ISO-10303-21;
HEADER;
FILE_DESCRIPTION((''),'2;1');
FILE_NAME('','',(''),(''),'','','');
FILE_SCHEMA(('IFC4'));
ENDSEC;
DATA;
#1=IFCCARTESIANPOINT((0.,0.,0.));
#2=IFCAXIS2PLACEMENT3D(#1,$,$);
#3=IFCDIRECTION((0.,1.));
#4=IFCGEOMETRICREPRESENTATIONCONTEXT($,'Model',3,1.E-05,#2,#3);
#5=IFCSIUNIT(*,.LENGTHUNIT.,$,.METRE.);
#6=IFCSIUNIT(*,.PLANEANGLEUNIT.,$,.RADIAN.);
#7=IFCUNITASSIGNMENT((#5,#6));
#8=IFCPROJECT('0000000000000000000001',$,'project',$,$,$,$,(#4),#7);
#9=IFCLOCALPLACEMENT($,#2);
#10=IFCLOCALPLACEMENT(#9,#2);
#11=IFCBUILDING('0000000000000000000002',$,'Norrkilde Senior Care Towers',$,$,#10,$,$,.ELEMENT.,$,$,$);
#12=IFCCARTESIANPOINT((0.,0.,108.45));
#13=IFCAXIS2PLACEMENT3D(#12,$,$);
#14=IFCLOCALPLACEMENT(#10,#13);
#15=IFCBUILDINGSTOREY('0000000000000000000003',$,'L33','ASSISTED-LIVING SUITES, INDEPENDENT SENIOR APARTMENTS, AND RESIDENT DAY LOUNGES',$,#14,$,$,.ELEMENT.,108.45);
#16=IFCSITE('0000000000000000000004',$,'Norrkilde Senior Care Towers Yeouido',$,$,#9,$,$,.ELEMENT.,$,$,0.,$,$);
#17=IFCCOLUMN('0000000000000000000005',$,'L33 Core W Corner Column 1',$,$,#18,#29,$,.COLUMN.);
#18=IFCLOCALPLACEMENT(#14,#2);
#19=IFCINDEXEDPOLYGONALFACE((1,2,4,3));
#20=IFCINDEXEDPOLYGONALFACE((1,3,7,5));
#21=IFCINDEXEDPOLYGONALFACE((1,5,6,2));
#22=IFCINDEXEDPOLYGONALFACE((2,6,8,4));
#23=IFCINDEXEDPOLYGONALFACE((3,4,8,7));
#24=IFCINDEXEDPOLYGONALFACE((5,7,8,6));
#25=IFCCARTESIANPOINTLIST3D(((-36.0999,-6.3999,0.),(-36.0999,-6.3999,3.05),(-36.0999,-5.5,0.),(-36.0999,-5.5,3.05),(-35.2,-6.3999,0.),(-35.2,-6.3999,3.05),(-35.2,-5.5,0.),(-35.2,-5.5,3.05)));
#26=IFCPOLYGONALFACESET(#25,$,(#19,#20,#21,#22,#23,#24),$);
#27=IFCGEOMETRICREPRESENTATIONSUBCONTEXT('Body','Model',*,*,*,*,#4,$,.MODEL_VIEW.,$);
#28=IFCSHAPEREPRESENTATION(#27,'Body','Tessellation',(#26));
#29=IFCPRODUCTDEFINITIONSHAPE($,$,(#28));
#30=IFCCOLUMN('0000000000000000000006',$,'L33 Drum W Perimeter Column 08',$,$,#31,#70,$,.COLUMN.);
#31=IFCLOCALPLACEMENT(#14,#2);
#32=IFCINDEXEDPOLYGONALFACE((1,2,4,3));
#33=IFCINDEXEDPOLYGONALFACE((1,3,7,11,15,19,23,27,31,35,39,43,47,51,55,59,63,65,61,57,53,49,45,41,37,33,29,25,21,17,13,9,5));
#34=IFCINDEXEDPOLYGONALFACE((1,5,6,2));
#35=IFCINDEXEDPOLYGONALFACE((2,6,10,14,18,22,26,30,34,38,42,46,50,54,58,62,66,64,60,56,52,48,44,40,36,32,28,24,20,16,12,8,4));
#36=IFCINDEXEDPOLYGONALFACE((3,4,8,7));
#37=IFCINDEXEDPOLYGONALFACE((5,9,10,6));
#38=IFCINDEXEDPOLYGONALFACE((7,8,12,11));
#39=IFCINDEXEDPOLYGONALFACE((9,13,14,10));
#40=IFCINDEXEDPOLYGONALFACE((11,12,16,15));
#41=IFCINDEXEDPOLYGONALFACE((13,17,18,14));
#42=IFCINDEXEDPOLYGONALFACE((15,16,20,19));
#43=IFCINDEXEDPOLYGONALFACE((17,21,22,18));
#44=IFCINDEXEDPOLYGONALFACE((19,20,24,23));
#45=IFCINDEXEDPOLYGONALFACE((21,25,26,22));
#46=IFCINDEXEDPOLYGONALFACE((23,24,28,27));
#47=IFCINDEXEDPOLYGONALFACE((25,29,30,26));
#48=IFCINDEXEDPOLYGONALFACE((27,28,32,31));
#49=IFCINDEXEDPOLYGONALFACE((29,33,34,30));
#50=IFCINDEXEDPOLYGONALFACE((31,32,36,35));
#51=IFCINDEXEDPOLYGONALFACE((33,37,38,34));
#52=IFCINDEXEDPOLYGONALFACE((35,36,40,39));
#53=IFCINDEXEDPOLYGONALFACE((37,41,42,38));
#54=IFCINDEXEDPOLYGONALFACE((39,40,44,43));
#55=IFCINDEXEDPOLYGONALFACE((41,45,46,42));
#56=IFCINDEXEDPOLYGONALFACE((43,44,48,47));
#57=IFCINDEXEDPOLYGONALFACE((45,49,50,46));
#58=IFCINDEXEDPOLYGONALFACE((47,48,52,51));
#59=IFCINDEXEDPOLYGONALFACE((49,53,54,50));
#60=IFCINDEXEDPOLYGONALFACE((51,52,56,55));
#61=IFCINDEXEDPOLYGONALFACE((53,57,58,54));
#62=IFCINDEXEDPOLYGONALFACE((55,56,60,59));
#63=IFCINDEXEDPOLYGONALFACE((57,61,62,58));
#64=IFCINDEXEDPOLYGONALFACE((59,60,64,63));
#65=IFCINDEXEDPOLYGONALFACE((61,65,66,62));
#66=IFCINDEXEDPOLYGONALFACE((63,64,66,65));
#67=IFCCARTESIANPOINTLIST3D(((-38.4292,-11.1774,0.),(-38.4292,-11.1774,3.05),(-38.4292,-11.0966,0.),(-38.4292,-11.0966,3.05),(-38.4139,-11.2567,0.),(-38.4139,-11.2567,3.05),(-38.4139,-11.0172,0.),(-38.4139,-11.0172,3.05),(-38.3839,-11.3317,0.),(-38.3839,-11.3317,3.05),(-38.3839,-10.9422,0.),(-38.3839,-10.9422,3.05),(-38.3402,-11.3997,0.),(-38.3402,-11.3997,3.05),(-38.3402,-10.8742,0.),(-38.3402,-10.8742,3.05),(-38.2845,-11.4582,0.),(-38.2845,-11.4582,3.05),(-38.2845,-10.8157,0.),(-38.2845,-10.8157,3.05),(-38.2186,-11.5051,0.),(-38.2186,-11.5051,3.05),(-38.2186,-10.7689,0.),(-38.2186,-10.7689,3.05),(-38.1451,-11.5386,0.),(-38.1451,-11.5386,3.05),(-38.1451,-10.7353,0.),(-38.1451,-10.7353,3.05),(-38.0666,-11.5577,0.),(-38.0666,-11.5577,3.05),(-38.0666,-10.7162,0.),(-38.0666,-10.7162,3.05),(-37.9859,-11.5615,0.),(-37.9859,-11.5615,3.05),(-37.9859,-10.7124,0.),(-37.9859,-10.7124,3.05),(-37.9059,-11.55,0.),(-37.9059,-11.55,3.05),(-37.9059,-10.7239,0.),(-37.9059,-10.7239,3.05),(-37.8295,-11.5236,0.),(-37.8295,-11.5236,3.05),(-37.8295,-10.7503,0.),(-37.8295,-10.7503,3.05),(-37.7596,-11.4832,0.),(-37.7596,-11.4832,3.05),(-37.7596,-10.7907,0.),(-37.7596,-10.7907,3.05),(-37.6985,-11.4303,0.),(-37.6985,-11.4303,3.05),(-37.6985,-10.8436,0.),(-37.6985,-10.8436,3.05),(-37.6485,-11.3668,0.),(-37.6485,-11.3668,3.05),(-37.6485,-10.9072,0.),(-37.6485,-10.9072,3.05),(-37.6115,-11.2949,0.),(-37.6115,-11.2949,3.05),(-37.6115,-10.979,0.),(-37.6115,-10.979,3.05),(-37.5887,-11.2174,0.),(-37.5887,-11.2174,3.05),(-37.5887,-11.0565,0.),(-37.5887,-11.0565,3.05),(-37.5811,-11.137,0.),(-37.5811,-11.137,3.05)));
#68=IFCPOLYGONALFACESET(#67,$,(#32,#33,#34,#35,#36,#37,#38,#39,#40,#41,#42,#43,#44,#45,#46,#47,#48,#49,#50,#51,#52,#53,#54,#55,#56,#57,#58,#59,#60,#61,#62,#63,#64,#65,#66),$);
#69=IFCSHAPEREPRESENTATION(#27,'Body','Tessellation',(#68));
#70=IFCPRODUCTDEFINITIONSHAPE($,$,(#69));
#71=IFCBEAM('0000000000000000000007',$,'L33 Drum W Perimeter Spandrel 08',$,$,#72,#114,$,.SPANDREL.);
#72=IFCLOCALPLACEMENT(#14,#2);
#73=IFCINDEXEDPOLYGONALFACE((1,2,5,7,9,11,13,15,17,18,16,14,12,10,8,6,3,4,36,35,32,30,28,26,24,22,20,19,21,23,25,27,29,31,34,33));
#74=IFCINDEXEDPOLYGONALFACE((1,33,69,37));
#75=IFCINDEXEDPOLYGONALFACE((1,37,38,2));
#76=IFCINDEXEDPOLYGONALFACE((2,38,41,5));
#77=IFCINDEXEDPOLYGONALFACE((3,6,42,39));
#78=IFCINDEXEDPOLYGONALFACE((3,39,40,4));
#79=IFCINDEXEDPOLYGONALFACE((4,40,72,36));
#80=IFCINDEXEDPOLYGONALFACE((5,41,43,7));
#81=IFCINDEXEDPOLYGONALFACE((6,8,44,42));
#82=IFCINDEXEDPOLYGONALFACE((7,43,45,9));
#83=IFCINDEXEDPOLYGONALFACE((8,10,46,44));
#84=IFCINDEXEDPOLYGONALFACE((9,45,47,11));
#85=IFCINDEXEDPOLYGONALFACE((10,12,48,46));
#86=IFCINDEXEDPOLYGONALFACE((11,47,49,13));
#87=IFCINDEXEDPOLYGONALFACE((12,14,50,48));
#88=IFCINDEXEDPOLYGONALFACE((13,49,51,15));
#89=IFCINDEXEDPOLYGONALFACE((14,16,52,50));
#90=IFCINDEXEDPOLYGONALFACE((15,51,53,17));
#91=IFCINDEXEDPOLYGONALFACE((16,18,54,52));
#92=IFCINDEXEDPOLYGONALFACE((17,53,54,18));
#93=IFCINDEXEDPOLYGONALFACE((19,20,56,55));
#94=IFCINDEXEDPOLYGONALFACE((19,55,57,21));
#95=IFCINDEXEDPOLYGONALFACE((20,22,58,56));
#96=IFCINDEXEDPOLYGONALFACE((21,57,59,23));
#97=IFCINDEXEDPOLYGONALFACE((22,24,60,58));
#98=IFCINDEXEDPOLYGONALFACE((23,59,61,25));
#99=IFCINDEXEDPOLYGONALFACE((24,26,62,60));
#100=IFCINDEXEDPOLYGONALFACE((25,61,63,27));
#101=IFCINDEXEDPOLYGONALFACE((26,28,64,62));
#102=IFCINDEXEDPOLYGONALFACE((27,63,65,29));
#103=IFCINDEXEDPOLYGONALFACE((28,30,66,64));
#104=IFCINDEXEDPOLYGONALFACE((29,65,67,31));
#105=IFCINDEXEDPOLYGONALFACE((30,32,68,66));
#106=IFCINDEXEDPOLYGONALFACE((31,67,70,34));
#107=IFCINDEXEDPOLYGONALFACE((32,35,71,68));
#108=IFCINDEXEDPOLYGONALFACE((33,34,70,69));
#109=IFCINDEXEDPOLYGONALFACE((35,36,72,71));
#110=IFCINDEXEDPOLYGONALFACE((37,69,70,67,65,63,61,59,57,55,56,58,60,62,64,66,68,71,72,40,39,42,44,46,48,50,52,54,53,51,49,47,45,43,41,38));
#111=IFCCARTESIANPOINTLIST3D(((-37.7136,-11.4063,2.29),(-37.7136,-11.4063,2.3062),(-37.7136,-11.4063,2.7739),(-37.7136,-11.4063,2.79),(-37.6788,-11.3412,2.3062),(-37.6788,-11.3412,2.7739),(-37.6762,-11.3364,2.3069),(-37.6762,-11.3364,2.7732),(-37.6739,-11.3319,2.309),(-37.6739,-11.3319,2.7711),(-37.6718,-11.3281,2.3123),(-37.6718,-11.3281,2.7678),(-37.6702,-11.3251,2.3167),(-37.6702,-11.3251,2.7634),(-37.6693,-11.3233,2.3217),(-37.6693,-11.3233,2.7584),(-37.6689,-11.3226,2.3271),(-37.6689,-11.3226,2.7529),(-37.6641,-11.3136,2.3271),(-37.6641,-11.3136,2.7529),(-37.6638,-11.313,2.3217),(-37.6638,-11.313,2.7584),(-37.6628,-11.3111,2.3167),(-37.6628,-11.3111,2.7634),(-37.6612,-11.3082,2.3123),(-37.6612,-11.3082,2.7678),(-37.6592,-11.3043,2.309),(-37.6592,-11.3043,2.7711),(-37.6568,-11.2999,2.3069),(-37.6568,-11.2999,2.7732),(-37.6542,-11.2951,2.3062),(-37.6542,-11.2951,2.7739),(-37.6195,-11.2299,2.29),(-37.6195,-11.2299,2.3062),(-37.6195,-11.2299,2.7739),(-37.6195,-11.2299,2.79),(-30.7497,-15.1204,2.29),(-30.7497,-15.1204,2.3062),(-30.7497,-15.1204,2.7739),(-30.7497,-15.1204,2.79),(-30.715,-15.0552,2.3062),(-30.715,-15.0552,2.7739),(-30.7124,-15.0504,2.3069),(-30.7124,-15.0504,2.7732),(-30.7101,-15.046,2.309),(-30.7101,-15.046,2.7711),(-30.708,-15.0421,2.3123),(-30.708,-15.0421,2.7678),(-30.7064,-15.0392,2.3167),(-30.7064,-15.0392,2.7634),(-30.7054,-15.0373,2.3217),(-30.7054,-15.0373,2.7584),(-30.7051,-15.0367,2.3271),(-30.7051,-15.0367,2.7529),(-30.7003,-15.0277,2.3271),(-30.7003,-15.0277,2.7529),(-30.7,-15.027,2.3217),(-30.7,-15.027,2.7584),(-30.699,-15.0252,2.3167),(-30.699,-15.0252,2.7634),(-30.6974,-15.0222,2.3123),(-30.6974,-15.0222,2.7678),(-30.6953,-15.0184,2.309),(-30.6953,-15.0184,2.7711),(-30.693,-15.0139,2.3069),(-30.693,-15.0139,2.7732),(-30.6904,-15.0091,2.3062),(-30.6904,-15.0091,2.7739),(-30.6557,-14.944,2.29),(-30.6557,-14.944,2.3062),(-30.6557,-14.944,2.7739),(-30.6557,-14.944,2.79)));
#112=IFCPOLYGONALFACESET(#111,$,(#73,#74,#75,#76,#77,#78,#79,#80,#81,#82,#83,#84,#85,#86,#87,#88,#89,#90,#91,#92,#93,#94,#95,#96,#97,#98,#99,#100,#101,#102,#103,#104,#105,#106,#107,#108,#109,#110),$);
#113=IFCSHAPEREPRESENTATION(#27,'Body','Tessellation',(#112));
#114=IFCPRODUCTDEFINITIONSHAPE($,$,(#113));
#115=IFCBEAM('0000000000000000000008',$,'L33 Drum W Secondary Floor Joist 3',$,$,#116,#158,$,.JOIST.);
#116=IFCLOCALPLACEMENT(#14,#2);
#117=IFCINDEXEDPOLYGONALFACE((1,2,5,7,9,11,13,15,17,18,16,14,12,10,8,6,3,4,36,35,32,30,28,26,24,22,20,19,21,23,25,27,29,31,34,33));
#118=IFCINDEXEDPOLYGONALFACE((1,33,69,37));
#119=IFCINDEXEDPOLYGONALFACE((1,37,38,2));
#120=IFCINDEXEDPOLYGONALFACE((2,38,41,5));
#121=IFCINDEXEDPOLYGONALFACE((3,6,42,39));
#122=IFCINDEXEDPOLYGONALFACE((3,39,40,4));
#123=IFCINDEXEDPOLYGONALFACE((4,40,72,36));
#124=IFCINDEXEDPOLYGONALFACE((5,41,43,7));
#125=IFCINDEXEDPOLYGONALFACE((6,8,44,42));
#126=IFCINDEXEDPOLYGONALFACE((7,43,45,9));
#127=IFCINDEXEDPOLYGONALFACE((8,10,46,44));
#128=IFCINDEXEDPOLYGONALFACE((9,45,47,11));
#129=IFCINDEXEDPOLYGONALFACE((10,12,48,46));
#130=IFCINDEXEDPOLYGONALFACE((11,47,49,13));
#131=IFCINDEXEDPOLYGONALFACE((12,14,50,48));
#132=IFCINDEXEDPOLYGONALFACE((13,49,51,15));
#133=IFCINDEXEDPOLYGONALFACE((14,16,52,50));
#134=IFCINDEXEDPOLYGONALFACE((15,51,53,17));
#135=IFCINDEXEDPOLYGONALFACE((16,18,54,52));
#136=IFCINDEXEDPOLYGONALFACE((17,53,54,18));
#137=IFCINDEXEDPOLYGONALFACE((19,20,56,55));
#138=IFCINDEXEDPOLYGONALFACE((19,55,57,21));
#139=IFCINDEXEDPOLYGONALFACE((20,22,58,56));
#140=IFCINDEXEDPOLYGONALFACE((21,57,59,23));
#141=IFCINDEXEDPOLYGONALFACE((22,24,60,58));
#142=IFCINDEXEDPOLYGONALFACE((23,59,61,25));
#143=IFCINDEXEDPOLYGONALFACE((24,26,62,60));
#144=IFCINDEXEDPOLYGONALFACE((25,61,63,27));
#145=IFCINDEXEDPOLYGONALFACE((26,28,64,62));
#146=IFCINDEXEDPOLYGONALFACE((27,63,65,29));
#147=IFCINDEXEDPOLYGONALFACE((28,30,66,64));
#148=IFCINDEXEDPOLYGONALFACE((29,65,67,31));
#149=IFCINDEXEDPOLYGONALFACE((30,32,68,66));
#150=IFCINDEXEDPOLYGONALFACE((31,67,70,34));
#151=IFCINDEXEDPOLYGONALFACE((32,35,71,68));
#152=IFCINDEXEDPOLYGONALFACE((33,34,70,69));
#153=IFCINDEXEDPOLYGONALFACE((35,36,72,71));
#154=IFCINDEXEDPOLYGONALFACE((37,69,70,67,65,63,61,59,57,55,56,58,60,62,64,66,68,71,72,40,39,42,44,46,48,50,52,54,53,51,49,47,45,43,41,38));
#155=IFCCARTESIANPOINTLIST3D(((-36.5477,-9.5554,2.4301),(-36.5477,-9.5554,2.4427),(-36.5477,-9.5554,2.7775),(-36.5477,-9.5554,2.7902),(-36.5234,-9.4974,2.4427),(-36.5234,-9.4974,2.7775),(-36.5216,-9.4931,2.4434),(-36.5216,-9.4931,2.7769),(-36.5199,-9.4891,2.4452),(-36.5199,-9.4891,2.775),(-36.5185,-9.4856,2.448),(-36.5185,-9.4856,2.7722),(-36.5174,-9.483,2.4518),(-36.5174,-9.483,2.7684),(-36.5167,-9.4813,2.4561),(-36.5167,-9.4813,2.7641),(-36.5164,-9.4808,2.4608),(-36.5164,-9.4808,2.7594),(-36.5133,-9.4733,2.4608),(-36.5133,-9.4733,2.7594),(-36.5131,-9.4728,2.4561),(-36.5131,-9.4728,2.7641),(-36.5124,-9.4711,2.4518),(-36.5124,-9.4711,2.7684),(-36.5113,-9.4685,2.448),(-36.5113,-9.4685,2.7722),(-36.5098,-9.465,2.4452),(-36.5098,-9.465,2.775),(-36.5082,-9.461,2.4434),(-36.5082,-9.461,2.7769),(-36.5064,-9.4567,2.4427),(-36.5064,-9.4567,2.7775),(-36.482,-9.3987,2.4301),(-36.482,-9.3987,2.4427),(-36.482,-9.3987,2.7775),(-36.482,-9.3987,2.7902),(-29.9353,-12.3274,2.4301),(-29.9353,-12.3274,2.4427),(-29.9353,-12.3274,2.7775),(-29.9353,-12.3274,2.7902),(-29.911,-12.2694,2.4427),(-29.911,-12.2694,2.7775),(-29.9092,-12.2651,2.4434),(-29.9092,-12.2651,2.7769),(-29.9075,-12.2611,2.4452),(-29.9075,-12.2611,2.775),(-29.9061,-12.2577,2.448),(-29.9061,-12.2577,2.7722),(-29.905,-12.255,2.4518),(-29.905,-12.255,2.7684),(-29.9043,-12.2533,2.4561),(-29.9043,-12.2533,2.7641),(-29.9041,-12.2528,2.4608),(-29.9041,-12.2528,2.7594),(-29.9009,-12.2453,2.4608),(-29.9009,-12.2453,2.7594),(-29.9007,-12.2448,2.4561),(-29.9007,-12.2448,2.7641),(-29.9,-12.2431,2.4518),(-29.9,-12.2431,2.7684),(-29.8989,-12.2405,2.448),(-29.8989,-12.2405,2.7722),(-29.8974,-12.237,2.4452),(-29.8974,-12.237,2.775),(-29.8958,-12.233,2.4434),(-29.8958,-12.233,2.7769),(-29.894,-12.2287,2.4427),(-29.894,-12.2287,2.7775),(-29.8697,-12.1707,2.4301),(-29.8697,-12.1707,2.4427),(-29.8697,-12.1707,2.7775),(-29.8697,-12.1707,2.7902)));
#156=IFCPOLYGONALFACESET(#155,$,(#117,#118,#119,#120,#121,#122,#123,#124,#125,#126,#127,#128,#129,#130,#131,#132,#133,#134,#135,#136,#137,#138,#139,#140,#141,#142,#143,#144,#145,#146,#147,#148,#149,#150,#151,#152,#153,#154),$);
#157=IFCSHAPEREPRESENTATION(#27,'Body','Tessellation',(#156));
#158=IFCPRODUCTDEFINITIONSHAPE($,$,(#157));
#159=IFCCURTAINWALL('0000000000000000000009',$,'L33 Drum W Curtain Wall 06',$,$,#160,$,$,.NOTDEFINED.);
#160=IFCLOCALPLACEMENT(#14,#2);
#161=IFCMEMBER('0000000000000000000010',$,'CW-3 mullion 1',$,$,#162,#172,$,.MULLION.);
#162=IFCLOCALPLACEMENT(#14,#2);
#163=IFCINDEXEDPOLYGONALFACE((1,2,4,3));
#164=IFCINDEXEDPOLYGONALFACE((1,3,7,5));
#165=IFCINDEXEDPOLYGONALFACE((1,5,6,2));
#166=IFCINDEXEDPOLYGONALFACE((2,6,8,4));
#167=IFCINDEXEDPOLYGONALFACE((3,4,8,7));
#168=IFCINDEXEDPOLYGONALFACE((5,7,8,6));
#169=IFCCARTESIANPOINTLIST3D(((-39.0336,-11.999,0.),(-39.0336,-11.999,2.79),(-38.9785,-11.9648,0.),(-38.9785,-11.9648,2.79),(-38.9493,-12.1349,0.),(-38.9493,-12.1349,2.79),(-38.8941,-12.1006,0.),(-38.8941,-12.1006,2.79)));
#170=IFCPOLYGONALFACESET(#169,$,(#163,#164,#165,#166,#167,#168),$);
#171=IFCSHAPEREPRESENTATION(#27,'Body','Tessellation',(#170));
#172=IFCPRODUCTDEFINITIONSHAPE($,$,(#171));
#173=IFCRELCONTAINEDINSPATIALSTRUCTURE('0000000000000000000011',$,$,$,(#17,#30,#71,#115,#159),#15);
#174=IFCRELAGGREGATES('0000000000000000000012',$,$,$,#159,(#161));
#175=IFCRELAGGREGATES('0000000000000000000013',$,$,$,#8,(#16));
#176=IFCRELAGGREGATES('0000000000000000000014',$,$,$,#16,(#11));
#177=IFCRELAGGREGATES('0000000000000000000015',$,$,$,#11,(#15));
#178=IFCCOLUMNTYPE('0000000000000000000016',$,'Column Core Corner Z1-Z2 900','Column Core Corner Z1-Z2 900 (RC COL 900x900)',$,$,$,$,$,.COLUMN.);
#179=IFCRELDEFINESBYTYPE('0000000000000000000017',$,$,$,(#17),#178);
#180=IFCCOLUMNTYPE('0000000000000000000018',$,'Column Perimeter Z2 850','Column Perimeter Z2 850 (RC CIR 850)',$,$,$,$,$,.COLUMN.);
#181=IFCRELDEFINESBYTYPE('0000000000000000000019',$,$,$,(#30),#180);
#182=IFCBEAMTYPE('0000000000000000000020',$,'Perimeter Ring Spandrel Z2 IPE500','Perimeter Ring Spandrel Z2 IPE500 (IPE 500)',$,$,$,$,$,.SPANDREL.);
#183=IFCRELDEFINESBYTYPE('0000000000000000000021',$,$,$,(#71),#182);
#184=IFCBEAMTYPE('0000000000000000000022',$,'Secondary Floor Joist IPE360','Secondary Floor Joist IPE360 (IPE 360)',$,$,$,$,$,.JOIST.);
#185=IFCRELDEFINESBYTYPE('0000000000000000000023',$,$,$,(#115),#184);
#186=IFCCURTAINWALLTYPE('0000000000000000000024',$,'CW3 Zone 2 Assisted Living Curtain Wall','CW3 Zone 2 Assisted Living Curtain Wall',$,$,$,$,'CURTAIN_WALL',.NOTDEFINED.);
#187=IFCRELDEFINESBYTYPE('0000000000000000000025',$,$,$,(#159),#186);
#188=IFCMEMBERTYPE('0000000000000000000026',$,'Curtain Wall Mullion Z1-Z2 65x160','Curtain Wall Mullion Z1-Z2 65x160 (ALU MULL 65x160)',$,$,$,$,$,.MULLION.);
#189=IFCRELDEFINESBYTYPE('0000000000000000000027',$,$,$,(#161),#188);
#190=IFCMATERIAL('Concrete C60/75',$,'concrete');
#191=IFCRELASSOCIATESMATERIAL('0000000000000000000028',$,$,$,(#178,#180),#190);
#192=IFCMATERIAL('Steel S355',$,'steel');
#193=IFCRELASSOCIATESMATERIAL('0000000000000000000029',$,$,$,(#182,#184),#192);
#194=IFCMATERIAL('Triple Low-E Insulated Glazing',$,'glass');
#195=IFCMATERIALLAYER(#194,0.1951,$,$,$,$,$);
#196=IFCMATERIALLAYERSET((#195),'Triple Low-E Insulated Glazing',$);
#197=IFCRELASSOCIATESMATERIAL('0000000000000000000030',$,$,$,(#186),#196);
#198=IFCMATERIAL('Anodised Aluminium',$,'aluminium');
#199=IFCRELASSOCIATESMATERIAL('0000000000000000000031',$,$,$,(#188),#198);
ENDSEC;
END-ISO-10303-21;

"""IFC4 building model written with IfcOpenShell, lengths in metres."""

from ifc_helpers import new_model, si_unit, direction, frame, origin, origin_2d, place, context, subcontext, project, spatial, rectangle, circle, i_section, extrude, source, transform, mapped, material, layer, layer_set, material_profile, profile_set, type_object, type_shapes, element, aggregate, save


model = new_model("IFC4")

# Units and contexts
model_context = context("Model", 3, precision=1e-05, world=origin(), true_north=direction((0.0, 1.0)))
body_context = subcontext(model_context, "Body", "Model", "MODEL_VIEW")
ifc_project = project(units=[si_unit("LENGTHUNIT", "METRE"), si_unit("PLANEANGLEUNIT", "RADIAN")], contexts=[model_context])

# Site, building, storey
site_placement = place(None, origin())
site = spatial("IfcSite", under=ifc_project, at=site_placement, Name="Norrkilde Senior Care Towers Yeouido", CompositionType="ELEMENT", RefElevation=0.0)
building_placement = place(site_placement, origin())
building = spatial("IfcBuilding", under=site, at=building_placement, Name="Norrkilde Senior Care Towers", CompositionType="ELEMENT")
storey_placement = place(building_placement, frame((0.0, 0.0, 108.45)))
storey = spatial("IfcBuildingStorey", under=building, at=storey_placement, Name="L33", Description="ASSISTED-LIVING SUITES, INDEPENDENT SENIOR APARTMENTS, AND RESIDENT DAY LOUNGES", CompositionType="ELEMENT", Elevation=108.45)

# Columns
ifc_material_1 = material(Name="Concrete C60/75", Category="concrete")
ifc_material_profile_1 = material_profile(ifc_material_1, rectangle(XDim=0.8999, YDim=0.8999, at=origin_2d()), Name="RC COL 900x900")
ifc_profile_set_1 = profile_set([ifc_material_profile_1], Name="Concrete C60/75")
column_type_1 = type_object("IfcColumnType", Name="Column Core Corner Z1-Z2 900", Description="Column Core Corner Z1-Z2 900 (RC COL 900x900)", PredefinedType="COLUMN", material=ifc_profile_set_1)
shared_shape_1 = source(origin(), body_context, "Body", "SweptSolid", [
    extrude(rectangle(XDim=0.8999, YDim=0.8999, at=origin_2d()), origin(), (0.0, 0.0, 1.0), 3.05),
])
type_shapes(column_type_1, [shared_shape_1])
column_1_placement = place(storey_placement, frame((-35.6499, -5.95, 0.0), z_axis=(0.0, 0.0, 1.0), x_axis=(1.0, 0.0, 0.0)))
element("IfcColumn", 1, at=column_1_placement, inside=storey, type_object=column_type_1, Name="L33 Core W Corner Column 1", PredefinedType="COLUMN", context=body_context, shape_type="MappedRepresentation", body=[
    mapped(shared_shape_1, transform((0.0, 0.0, 0.0), x_axis=(1.0, 0.0, 0.0), y_axis=(0.0, 1.0, 0.0), z_axis=(0.0, 0.0, 1.0), scale=1.0)),
])
ifc_material_profile_2 = material_profile(ifc_material_1, circle(Radius=0.425, at=origin_2d()), Name="RC CIR 850")
ifc_profile_set_2 = profile_set([ifc_material_profile_2], Name="Concrete C60/75")
column_type_2 = type_object("IfcColumnType", Name="Column Perimeter Z2 850", Description="Column Perimeter Z2 850 (RC CIR 850)", PredefinedType="COLUMN", material=ifc_profile_set_2)
shared_shape_2 = source(origin(), body_context, "Body", "SweptSolid", [
    extrude(circle(Radius=0.425, at=origin_2d()), origin(), (0.0, 0.0, 1.0), 3.05),
])
type_shapes(column_type_2, [shared_shape_2])
column_2_placement = place(storey_placement, frame((-38.0061, -11.137, 0.0), z_axis=(0.0, 0.0, 1.0), x_axis=(1.0, 0.0, 0.0)))
element("IfcColumn", 2, at=column_2_placement, inside=storey, type_object=column_type_2, Name="L33 Drum W Perimeter Column 08", PredefinedType="COLUMN", context=body_context, shape_type="MappedRepresentation", body=[
    mapped(shared_shape_2, transform((0.0, 0.0, 0.0), x_axis=(1.0, 0.0, 0.0), y_axis=(0.0, 1.0, 0.0), z_axis=(0.0, 0.0, 1.0), scale=1.0)),
])

# Beams
ifc_material_2 = material(Name="Steel S355", Category="steel")
ifc_material_profile_3 = material_profile(ifc_material_2, i_section(OverallWidth=0.2, OverallDepth=0.5, WebThickness=0.0103, FlangeThickness=0.0161, FilletRadius=0.021, at=origin_2d()), Name="IPE 500")
ifc_profile_set_3 = profile_set([ifc_material_profile_3], Name="Steel S355")
beam_type_1 = type_object("IfcBeamType", Name="Perimeter Ring Spandrel Z2 IPE500", Description="Perimeter Ring Spandrel Z2 IPE500 (IPE 500)", PredefinedType="SPANDREL", material=ifc_profile_set_3)
shared_shape_3 = source(origin(), body_context, "Body", "SweptSolid", [
    extrude(i_section(OverallWidth=0.2, OverallDepth=0.5, WebThickness=0.0103, FlangeThickness=0.0161, FilletRadius=0.021, at=origin_2d()), origin(), (0.0, 0.0, 1.0), 7.8923),
])
type_shapes(beam_type_1, [shared_shape_3])
beam_1_placement = place(storey_placement, frame((-37.6665, -11.3181, 2.54), z_axis=(0.88235, -0.470593, 0.0), x_axis=(0.470593, 0.88235, 0.0)))
element("IfcBeam", 3, at=beam_1_placement, inside=storey, type_object=beam_type_1, Name="L33 Drum W Perimeter Spandrel 08", PredefinedType="SPANDREL", context=body_context, shape_type="MappedRepresentation", body=[
    mapped(shared_shape_3, transform((0.0, 0.0, 0.0), x_axis=(1.0, 0.0, 0.0), y_axis=(0.0, 1.0, 0.0), z_axis=(0.0, 0.0, 1.0), scale=1.0)),
])
ifc_material_profile_4 = material_profile(ifc_material_2, i_section(OverallWidth=0.1699, OverallDepth=0.3601, WebThickness=0.0081, FlangeThickness=0.0127, FilletRadius=0.0181, at=origin_2d()), Name="IPE 360")
ifc_profile_set_4 = profile_set([ifc_material_profile_4], Name="Steel S355")
beam_type_2 = type_object("IfcBeamType", Name="Secondary Floor Joist IPE360", Description="Secondary Floor Joist IPE360 (IPE 360)", PredefinedType="JOIST", material=ifc_profile_set_4)
shared_shape_4 = source(origin(), body_context, "Body", "SweptSolid", [
    extrude(i_section(OverallWidth=0.1699, OverallDepth=0.3601, WebThickness=0.0081, FlangeThickness=0.0127, FilletRadius=0.0181, at=origin_2d()), origin(), (0.0, 0.0, 1.0), 7.1699),
])
type_shapes(beam_type_2, [shared_shape_4])
beam_2_placement = place(storey_placement, frame((-36.5149, -9.4771, 2.6101), z_axis=(0.922241, -0.386616, 0.0), x_axis=(0.386616, 0.922241, 0.0)))
element("IfcBeam", 4, at=beam_2_placement, inside=storey, type_object=beam_type_2, Name="L33 Drum W Secondary Floor Joist 3", PredefinedType="JOIST", context=body_context, shape_type="MappedRepresentation", body=[
    mapped(shared_shape_4, transform((0.0, 0.0, 0.0), x_axis=(1.0, 0.0, 0.0), y_axis=(0.0, 1.0, 0.0), z_axis=(0.0, 0.0, 1.0), scale=1.0)),
])

# Curtain wall, member
ifc_material_3 = material(Name="Triple Low-E Insulated Glazing", Category="glass")
ifc_layer_1 = layer(ifc_material_3, 0.1951)
ifc_layer_set_1 = layer_set([ifc_layer_1], Name="Triple Low-E Insulated Glazing")
curtain_wall_type = type_object("IfcCurtainWallType", Name="CW3 Zone 2 Assisted Living Curtain Wall", Description="CW3 Zone 2 Assisted Living Curtain Wall", ElementType="CURTAIN_WALL", PredefinedType="NOTDEFINED", material=ifc_layer_set_1)
curtain_wall_placement = place(storey_placement, origin())
curtain_wall = element("IfcCurtainWall", 5, at=curtain_wall_placement, inside=storey, type_object=curtain_wall_type, Name="L33 Drum W Curtain Wall 06", PredefinedType="NOTDEFINED")
ifc_material_4 = material(Name="Anodised Aluminium", Category="aluminium")
ifc_material_profile_5 = material_profile(ifc_material_4, rectangle(XDim=0.0649, YDim=0.1599, at=origin_2d()), Name="ALU MULL 65x160")
ifc_profile_set_5 = profile_set([ifc_material_profile_5], Name="Anodised Aluminium")
member_type_1 = type_object("IfcMemberType", Name="Curtain Wall Mullion Z1-Z2 65x160", Description="Curtain Wall Mullion Z1-Z2 65x160 (ALU MULL 65x160)", PredefinedType="MULLION", material=ifc_profile_set_5)
shared_shape_5 = source(origin(), body_context, "Body", "SweptSolid", [
    extrude(rectangle(XDim=0.0649, YDim=0.1599, at=origin_2d()), origin(), (0.0, 0.0, 1.0), 2.79),
])
type_shapes(member_type_1, [shared_shape_5])
member_1_placement = place(storey_placement, frame((-38.9639, -12.0498, 0.0), z_axis=(0.0, 0.0, 1.0), x_axis=(-0.84941, -0.527733, 0.0)))
member_1 = element("IfcMember", 6, at=member_1_placement, type_object=member_type_1, Name="CW-3 mullion 1", PredefinedType="MULLION", context=body_context, shape_type="MappedRepresentation", body=[
    mapped(shared_shape_5, transform((0.0, 0.0, 0.0), x_axis=(1.0, 0.0, 0.0), y_axis=(0.0, 1.0, 0.0), z_axis=(0.0, 0.0, 1.0), scale=1.0)),
])
aggregate(curtain_wall, [member_1])

save(model, "model.ifc")
